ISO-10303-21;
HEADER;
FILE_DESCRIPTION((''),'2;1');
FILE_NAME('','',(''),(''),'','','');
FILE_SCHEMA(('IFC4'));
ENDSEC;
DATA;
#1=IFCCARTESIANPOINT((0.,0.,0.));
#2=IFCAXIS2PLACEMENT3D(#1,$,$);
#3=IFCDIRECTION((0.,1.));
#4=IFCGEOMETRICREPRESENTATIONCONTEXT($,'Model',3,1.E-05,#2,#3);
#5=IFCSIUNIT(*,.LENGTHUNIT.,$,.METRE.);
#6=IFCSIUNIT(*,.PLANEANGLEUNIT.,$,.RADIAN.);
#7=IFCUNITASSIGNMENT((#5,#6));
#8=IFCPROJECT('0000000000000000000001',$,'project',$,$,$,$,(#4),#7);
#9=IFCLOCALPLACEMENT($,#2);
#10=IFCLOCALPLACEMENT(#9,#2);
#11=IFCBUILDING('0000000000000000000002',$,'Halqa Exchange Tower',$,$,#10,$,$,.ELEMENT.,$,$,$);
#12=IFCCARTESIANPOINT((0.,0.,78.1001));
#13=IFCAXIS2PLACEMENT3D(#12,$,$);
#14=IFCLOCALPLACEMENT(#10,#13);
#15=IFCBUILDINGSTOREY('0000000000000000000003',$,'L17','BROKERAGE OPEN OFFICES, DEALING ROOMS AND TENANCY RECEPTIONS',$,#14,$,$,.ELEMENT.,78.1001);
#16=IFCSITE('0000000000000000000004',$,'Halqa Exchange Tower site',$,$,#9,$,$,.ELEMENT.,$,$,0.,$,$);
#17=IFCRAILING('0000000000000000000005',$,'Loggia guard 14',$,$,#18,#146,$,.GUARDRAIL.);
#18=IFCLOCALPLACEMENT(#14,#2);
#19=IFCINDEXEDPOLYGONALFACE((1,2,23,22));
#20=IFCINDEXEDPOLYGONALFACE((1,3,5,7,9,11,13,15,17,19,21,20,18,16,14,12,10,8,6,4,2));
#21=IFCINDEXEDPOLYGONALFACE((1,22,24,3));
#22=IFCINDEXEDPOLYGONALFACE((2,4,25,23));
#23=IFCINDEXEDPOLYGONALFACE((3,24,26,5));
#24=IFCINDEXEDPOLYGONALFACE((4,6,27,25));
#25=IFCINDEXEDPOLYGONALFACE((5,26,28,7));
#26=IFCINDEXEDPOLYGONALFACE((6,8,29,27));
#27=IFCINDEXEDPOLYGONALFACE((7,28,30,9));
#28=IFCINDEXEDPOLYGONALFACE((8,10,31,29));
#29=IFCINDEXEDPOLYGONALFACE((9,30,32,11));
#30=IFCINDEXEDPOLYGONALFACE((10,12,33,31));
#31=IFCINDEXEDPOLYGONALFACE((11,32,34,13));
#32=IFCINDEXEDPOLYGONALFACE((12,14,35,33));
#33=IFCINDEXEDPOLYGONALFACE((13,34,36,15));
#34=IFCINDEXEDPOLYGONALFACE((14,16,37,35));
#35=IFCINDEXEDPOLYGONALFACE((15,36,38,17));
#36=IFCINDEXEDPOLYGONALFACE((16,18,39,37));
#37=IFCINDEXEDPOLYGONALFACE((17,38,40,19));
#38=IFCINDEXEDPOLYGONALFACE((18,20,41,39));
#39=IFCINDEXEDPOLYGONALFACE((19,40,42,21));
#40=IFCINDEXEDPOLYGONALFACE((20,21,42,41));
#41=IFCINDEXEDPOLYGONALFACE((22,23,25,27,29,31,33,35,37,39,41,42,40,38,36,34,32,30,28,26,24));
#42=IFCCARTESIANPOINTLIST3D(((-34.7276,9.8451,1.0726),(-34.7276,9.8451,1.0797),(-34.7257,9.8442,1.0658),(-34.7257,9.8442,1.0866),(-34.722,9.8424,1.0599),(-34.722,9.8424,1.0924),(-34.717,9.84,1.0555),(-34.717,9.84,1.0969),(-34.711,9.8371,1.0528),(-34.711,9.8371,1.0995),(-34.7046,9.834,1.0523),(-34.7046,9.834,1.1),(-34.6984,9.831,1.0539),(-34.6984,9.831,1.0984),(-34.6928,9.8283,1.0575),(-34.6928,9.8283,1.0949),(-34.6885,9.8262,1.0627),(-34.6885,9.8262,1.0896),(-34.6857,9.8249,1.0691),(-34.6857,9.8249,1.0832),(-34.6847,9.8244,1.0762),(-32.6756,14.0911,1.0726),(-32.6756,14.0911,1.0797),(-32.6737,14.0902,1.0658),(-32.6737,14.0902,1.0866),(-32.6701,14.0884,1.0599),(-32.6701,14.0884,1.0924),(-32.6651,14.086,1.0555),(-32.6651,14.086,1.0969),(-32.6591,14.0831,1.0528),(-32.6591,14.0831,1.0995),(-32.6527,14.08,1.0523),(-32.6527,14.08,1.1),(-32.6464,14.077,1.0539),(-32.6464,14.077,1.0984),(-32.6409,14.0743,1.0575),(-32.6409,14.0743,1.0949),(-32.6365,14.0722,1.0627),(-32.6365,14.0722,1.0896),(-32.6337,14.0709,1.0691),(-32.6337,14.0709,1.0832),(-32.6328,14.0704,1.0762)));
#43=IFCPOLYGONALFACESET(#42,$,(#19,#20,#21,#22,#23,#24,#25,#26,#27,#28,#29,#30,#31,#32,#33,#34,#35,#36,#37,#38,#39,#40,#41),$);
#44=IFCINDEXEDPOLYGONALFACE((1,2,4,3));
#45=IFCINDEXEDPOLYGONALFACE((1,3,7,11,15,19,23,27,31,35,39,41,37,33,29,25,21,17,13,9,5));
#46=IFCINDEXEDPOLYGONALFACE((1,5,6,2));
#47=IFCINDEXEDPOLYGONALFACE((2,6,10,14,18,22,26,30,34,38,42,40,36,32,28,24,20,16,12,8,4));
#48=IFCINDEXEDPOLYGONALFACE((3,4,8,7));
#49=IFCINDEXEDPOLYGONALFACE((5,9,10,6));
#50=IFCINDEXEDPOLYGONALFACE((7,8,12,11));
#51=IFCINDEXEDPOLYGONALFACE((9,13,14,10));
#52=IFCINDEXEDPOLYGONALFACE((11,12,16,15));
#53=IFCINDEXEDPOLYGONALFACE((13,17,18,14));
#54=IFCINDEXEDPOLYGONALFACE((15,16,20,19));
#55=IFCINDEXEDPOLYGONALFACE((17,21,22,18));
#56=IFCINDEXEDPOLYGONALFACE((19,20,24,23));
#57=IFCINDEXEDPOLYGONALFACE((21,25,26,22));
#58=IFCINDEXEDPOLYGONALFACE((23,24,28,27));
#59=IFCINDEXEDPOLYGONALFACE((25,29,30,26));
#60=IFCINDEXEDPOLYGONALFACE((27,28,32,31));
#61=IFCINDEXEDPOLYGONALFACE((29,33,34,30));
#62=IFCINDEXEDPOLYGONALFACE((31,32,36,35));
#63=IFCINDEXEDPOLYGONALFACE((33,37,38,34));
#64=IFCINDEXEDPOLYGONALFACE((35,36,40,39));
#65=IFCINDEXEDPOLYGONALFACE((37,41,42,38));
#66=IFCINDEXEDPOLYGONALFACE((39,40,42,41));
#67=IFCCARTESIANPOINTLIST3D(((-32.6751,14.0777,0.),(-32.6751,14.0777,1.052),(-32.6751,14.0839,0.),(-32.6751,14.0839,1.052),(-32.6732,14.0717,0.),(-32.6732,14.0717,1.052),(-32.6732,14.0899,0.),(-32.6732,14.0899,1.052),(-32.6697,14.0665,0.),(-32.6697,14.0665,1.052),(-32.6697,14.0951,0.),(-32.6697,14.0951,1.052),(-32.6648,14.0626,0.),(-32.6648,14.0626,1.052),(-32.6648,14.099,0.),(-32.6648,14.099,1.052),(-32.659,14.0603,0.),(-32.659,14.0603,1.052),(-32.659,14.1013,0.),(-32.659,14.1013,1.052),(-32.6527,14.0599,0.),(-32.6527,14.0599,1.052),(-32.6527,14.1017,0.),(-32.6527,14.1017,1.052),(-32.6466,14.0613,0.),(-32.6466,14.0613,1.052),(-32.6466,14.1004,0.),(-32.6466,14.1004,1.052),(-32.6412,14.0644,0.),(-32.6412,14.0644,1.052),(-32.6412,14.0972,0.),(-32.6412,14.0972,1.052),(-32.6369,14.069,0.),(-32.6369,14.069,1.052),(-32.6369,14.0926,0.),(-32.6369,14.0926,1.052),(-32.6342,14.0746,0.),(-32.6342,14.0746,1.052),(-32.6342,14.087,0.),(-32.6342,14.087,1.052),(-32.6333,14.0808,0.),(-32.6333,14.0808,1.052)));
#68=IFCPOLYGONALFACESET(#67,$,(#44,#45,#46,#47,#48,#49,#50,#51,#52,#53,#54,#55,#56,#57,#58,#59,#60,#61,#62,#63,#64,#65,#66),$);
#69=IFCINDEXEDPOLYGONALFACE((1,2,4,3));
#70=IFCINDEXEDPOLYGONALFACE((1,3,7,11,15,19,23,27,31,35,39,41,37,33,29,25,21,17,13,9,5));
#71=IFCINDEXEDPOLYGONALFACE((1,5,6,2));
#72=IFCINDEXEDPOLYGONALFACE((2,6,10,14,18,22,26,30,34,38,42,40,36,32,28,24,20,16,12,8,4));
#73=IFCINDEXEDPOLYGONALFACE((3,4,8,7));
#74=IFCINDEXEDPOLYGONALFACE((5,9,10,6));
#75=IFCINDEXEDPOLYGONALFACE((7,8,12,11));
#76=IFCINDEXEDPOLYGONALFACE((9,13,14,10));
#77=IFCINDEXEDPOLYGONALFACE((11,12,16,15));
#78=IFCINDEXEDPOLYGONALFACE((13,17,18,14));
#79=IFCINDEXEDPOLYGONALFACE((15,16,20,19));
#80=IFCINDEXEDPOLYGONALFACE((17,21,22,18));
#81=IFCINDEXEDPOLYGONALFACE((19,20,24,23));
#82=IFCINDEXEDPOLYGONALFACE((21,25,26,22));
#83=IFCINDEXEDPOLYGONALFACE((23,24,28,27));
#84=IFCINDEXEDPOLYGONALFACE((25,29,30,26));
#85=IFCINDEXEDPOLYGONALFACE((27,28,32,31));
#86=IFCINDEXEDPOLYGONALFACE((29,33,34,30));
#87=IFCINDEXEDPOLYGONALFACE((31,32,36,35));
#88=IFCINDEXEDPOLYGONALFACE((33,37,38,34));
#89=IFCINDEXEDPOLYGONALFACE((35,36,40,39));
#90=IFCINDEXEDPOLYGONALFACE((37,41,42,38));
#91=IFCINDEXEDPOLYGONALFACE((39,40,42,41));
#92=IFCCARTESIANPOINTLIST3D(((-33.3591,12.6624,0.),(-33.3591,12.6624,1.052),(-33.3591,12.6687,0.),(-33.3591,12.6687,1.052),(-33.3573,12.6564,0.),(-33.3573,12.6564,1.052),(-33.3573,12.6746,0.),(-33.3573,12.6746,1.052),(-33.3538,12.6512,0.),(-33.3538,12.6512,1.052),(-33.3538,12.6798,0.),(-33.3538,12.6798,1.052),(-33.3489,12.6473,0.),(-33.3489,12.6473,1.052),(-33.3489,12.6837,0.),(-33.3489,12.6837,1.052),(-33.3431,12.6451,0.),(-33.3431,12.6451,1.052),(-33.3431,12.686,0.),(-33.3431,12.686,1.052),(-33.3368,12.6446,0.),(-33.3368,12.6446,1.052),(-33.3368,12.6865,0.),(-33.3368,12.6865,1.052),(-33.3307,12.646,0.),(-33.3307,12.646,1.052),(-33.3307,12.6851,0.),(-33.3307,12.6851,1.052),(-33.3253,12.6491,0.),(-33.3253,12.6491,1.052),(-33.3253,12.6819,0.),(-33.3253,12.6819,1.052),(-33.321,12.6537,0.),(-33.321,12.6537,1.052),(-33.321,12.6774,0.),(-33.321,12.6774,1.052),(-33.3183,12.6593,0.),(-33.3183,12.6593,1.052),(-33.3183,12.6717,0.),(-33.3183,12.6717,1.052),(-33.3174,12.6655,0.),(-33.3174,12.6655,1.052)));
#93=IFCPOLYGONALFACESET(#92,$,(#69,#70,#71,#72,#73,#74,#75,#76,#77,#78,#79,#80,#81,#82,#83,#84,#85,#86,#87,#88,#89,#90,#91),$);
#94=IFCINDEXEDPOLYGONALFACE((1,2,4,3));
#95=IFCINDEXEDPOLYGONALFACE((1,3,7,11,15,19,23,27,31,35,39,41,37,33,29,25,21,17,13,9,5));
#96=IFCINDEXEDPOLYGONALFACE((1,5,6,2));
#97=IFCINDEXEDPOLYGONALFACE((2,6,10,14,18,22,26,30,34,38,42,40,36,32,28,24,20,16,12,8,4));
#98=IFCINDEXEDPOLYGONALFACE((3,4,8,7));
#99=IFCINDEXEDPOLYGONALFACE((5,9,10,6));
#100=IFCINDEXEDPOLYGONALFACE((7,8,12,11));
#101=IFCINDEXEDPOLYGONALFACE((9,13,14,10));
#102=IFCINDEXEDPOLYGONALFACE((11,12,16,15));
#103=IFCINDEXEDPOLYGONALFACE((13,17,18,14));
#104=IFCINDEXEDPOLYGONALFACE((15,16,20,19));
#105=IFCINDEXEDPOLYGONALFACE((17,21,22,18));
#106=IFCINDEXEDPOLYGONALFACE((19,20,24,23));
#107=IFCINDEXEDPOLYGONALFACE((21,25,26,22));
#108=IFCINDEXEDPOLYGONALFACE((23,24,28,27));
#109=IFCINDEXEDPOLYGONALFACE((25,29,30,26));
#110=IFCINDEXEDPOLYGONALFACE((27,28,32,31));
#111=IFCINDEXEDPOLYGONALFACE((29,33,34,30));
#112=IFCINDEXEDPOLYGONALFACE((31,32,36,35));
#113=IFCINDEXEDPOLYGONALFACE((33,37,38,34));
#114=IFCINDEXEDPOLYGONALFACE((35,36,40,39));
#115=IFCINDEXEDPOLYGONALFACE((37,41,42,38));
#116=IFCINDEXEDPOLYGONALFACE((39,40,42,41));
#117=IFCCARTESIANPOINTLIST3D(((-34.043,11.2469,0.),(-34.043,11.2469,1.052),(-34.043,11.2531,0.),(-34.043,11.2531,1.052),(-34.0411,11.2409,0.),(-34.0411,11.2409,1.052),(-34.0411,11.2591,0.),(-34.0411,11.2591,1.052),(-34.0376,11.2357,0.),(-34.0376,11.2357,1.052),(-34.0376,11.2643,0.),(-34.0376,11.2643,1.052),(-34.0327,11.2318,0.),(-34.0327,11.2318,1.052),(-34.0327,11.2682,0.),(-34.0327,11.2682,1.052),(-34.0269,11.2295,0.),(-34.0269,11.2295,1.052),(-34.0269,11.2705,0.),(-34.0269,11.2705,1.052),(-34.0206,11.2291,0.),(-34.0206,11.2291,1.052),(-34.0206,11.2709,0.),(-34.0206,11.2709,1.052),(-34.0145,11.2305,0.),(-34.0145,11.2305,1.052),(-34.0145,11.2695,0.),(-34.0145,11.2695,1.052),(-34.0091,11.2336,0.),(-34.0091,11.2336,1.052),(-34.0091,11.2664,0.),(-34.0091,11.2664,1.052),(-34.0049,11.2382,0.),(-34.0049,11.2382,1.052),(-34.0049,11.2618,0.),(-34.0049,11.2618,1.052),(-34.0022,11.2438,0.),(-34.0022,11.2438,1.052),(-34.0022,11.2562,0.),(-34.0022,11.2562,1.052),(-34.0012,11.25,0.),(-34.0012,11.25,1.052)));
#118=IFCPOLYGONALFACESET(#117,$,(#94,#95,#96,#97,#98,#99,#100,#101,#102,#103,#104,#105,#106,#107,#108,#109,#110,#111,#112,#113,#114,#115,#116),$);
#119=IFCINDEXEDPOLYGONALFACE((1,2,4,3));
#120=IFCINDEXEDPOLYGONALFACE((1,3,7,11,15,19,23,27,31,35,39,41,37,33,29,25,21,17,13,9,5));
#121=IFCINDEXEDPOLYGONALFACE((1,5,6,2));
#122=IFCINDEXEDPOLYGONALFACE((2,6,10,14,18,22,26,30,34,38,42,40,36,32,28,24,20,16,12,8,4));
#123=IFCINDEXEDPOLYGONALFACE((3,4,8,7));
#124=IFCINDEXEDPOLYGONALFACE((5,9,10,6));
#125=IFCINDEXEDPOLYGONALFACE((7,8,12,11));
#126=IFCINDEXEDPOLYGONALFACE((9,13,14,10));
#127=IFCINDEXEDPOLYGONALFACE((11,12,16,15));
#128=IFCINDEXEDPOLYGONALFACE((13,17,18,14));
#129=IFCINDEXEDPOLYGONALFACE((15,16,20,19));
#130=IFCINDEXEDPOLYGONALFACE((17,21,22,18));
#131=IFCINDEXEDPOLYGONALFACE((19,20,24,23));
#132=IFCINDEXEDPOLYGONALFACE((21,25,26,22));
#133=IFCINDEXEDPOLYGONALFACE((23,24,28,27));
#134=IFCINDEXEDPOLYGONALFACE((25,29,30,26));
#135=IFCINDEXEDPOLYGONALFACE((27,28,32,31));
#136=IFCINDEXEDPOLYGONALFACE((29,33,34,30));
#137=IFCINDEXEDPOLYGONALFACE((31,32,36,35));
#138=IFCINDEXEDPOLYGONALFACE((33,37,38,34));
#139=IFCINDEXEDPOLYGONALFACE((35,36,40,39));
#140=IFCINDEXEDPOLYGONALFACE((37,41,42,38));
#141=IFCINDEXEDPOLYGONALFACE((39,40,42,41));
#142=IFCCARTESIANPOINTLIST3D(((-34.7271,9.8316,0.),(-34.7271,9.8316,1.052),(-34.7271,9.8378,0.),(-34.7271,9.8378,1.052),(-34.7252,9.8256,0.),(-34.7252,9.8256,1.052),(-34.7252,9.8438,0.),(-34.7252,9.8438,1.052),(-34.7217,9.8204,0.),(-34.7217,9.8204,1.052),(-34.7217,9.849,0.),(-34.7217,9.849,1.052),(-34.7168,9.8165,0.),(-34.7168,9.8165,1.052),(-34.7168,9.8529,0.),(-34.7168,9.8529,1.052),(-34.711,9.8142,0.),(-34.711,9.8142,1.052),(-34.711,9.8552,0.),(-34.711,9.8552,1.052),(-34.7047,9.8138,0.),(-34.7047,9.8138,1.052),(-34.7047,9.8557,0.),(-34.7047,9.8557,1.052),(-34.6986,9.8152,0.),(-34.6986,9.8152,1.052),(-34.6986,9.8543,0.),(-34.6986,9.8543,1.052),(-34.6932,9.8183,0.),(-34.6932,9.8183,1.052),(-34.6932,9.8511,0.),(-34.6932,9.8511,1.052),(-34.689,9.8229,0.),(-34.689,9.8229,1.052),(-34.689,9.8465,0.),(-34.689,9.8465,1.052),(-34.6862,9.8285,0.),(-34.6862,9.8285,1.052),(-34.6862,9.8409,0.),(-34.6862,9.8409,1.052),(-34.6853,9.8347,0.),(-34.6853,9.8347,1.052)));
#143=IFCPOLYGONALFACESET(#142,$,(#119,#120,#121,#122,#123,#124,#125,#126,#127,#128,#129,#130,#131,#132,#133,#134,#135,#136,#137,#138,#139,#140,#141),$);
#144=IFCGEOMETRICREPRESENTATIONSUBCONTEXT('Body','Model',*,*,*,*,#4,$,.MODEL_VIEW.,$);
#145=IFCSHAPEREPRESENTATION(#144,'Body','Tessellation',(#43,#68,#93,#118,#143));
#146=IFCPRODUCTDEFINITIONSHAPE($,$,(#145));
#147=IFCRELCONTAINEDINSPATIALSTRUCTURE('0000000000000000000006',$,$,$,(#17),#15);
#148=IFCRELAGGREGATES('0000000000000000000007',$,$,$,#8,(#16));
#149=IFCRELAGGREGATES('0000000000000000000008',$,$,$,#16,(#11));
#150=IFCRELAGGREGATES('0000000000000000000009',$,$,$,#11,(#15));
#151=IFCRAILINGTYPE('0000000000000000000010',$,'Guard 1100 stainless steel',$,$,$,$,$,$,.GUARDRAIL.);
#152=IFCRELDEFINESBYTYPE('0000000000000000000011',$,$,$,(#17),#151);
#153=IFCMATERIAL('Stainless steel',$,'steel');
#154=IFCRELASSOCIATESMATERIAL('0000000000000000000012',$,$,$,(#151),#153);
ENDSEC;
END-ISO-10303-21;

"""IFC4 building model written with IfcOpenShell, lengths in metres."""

from ifc_helpers import new_model, si_unit, direction, frame, origin, origin_2d, place, context, subcontext, project, spatial, circle, extrude, material, type_object, element, save


model = new_model("IFC4")

# Units and contexts
model_context = context("Model", 3, precision=1e-05, world=origin(), true_north=direction((0.0, 1.0)))
body_context = subcontext(model_context, "Body", "Model", "MODEL_VIEW")
ifc_project = project(units=[si_unit("LENGTHUNIT", "METRE"), si_unit("PLANEANGLEUNIT", "RADIAN")], contexts=[model_context])

# Site, building, storey
site_placement = place(None, origin())
site = spatial("IfcSite", under=ifc_project, at=site_placement, Name="Halqa Exchange Tower site", CompositionType="ELEMENT", RefElevation=0.0)
building_placement = place(site_placement, origin())
building = spatial("IfcBuilding", under=site, at=building_placement, Name="Halqa Exchange Tower", CompositionType="ELEMENT")
storey_placement = place(building_placement, frame((0.0, 0.0, 78.1001)))
storey = spatial("IfcBuildingStorey", under=building, at=storey_placement, Name="L17", Description="BROKERAGE OPEN OFFICES, DEALING ROOMS AND TENANCY RECEPTIONS", CompositionType="ELEMENT", Elevation=78.1001)

# Railing
ifc_material_1 = material(Name="Stainless steel", Category="steel")
railing_type = type_object("IfcRailingType", Name="Guard 1100 stainless steel", PredefinedType="GUARDRAIL", material=ifc_material_1)
railing_1_placement = place(storey_placement, frame((-32.6543, 14.0808, 0.0)))
element("IfcRailing", 1, at=railing_1_placement, inside=storey, type_object=railing_type, Name="Loggia guard 14", PredefinedType="GUARDRAIL", context=body_context, shape_type="SweptSolid", body=[
    extrude(circle(Radius=0.0239, at=origin_2d()), frame((0.0, 0.0, 1.0762), z_axis=(-0.435121, -0.900372, 0.0), x_axis=(0.900372, -0.435121, 0.0)), (0.0, 0.0, 1.0), 4.7158),
    extrude(circle(Radius=0.021, at=origin_2d()), origin(), (0.0, 0.0, 1.0), 1.052),
    extrude(circle(Radius=0.021, at=origin_2d()), frame((-0.6841, -1.4153, 0.0)), (0.0, 0.0, 1.0), 1.052),
    extrude(circle(Radius=0.021, at=origin_2d()), frame((-1.3679, -2.8308, 0.0)), (0.0, 0.0, 1.0), 1.052),
    extrude(circle(Radius=0.021, at=origin_2d()), frame((-2.052, -4.2461, 0.0)), (0.0, 0.0, 1.0), 1.052),
])

save(model, "model.ifc")
